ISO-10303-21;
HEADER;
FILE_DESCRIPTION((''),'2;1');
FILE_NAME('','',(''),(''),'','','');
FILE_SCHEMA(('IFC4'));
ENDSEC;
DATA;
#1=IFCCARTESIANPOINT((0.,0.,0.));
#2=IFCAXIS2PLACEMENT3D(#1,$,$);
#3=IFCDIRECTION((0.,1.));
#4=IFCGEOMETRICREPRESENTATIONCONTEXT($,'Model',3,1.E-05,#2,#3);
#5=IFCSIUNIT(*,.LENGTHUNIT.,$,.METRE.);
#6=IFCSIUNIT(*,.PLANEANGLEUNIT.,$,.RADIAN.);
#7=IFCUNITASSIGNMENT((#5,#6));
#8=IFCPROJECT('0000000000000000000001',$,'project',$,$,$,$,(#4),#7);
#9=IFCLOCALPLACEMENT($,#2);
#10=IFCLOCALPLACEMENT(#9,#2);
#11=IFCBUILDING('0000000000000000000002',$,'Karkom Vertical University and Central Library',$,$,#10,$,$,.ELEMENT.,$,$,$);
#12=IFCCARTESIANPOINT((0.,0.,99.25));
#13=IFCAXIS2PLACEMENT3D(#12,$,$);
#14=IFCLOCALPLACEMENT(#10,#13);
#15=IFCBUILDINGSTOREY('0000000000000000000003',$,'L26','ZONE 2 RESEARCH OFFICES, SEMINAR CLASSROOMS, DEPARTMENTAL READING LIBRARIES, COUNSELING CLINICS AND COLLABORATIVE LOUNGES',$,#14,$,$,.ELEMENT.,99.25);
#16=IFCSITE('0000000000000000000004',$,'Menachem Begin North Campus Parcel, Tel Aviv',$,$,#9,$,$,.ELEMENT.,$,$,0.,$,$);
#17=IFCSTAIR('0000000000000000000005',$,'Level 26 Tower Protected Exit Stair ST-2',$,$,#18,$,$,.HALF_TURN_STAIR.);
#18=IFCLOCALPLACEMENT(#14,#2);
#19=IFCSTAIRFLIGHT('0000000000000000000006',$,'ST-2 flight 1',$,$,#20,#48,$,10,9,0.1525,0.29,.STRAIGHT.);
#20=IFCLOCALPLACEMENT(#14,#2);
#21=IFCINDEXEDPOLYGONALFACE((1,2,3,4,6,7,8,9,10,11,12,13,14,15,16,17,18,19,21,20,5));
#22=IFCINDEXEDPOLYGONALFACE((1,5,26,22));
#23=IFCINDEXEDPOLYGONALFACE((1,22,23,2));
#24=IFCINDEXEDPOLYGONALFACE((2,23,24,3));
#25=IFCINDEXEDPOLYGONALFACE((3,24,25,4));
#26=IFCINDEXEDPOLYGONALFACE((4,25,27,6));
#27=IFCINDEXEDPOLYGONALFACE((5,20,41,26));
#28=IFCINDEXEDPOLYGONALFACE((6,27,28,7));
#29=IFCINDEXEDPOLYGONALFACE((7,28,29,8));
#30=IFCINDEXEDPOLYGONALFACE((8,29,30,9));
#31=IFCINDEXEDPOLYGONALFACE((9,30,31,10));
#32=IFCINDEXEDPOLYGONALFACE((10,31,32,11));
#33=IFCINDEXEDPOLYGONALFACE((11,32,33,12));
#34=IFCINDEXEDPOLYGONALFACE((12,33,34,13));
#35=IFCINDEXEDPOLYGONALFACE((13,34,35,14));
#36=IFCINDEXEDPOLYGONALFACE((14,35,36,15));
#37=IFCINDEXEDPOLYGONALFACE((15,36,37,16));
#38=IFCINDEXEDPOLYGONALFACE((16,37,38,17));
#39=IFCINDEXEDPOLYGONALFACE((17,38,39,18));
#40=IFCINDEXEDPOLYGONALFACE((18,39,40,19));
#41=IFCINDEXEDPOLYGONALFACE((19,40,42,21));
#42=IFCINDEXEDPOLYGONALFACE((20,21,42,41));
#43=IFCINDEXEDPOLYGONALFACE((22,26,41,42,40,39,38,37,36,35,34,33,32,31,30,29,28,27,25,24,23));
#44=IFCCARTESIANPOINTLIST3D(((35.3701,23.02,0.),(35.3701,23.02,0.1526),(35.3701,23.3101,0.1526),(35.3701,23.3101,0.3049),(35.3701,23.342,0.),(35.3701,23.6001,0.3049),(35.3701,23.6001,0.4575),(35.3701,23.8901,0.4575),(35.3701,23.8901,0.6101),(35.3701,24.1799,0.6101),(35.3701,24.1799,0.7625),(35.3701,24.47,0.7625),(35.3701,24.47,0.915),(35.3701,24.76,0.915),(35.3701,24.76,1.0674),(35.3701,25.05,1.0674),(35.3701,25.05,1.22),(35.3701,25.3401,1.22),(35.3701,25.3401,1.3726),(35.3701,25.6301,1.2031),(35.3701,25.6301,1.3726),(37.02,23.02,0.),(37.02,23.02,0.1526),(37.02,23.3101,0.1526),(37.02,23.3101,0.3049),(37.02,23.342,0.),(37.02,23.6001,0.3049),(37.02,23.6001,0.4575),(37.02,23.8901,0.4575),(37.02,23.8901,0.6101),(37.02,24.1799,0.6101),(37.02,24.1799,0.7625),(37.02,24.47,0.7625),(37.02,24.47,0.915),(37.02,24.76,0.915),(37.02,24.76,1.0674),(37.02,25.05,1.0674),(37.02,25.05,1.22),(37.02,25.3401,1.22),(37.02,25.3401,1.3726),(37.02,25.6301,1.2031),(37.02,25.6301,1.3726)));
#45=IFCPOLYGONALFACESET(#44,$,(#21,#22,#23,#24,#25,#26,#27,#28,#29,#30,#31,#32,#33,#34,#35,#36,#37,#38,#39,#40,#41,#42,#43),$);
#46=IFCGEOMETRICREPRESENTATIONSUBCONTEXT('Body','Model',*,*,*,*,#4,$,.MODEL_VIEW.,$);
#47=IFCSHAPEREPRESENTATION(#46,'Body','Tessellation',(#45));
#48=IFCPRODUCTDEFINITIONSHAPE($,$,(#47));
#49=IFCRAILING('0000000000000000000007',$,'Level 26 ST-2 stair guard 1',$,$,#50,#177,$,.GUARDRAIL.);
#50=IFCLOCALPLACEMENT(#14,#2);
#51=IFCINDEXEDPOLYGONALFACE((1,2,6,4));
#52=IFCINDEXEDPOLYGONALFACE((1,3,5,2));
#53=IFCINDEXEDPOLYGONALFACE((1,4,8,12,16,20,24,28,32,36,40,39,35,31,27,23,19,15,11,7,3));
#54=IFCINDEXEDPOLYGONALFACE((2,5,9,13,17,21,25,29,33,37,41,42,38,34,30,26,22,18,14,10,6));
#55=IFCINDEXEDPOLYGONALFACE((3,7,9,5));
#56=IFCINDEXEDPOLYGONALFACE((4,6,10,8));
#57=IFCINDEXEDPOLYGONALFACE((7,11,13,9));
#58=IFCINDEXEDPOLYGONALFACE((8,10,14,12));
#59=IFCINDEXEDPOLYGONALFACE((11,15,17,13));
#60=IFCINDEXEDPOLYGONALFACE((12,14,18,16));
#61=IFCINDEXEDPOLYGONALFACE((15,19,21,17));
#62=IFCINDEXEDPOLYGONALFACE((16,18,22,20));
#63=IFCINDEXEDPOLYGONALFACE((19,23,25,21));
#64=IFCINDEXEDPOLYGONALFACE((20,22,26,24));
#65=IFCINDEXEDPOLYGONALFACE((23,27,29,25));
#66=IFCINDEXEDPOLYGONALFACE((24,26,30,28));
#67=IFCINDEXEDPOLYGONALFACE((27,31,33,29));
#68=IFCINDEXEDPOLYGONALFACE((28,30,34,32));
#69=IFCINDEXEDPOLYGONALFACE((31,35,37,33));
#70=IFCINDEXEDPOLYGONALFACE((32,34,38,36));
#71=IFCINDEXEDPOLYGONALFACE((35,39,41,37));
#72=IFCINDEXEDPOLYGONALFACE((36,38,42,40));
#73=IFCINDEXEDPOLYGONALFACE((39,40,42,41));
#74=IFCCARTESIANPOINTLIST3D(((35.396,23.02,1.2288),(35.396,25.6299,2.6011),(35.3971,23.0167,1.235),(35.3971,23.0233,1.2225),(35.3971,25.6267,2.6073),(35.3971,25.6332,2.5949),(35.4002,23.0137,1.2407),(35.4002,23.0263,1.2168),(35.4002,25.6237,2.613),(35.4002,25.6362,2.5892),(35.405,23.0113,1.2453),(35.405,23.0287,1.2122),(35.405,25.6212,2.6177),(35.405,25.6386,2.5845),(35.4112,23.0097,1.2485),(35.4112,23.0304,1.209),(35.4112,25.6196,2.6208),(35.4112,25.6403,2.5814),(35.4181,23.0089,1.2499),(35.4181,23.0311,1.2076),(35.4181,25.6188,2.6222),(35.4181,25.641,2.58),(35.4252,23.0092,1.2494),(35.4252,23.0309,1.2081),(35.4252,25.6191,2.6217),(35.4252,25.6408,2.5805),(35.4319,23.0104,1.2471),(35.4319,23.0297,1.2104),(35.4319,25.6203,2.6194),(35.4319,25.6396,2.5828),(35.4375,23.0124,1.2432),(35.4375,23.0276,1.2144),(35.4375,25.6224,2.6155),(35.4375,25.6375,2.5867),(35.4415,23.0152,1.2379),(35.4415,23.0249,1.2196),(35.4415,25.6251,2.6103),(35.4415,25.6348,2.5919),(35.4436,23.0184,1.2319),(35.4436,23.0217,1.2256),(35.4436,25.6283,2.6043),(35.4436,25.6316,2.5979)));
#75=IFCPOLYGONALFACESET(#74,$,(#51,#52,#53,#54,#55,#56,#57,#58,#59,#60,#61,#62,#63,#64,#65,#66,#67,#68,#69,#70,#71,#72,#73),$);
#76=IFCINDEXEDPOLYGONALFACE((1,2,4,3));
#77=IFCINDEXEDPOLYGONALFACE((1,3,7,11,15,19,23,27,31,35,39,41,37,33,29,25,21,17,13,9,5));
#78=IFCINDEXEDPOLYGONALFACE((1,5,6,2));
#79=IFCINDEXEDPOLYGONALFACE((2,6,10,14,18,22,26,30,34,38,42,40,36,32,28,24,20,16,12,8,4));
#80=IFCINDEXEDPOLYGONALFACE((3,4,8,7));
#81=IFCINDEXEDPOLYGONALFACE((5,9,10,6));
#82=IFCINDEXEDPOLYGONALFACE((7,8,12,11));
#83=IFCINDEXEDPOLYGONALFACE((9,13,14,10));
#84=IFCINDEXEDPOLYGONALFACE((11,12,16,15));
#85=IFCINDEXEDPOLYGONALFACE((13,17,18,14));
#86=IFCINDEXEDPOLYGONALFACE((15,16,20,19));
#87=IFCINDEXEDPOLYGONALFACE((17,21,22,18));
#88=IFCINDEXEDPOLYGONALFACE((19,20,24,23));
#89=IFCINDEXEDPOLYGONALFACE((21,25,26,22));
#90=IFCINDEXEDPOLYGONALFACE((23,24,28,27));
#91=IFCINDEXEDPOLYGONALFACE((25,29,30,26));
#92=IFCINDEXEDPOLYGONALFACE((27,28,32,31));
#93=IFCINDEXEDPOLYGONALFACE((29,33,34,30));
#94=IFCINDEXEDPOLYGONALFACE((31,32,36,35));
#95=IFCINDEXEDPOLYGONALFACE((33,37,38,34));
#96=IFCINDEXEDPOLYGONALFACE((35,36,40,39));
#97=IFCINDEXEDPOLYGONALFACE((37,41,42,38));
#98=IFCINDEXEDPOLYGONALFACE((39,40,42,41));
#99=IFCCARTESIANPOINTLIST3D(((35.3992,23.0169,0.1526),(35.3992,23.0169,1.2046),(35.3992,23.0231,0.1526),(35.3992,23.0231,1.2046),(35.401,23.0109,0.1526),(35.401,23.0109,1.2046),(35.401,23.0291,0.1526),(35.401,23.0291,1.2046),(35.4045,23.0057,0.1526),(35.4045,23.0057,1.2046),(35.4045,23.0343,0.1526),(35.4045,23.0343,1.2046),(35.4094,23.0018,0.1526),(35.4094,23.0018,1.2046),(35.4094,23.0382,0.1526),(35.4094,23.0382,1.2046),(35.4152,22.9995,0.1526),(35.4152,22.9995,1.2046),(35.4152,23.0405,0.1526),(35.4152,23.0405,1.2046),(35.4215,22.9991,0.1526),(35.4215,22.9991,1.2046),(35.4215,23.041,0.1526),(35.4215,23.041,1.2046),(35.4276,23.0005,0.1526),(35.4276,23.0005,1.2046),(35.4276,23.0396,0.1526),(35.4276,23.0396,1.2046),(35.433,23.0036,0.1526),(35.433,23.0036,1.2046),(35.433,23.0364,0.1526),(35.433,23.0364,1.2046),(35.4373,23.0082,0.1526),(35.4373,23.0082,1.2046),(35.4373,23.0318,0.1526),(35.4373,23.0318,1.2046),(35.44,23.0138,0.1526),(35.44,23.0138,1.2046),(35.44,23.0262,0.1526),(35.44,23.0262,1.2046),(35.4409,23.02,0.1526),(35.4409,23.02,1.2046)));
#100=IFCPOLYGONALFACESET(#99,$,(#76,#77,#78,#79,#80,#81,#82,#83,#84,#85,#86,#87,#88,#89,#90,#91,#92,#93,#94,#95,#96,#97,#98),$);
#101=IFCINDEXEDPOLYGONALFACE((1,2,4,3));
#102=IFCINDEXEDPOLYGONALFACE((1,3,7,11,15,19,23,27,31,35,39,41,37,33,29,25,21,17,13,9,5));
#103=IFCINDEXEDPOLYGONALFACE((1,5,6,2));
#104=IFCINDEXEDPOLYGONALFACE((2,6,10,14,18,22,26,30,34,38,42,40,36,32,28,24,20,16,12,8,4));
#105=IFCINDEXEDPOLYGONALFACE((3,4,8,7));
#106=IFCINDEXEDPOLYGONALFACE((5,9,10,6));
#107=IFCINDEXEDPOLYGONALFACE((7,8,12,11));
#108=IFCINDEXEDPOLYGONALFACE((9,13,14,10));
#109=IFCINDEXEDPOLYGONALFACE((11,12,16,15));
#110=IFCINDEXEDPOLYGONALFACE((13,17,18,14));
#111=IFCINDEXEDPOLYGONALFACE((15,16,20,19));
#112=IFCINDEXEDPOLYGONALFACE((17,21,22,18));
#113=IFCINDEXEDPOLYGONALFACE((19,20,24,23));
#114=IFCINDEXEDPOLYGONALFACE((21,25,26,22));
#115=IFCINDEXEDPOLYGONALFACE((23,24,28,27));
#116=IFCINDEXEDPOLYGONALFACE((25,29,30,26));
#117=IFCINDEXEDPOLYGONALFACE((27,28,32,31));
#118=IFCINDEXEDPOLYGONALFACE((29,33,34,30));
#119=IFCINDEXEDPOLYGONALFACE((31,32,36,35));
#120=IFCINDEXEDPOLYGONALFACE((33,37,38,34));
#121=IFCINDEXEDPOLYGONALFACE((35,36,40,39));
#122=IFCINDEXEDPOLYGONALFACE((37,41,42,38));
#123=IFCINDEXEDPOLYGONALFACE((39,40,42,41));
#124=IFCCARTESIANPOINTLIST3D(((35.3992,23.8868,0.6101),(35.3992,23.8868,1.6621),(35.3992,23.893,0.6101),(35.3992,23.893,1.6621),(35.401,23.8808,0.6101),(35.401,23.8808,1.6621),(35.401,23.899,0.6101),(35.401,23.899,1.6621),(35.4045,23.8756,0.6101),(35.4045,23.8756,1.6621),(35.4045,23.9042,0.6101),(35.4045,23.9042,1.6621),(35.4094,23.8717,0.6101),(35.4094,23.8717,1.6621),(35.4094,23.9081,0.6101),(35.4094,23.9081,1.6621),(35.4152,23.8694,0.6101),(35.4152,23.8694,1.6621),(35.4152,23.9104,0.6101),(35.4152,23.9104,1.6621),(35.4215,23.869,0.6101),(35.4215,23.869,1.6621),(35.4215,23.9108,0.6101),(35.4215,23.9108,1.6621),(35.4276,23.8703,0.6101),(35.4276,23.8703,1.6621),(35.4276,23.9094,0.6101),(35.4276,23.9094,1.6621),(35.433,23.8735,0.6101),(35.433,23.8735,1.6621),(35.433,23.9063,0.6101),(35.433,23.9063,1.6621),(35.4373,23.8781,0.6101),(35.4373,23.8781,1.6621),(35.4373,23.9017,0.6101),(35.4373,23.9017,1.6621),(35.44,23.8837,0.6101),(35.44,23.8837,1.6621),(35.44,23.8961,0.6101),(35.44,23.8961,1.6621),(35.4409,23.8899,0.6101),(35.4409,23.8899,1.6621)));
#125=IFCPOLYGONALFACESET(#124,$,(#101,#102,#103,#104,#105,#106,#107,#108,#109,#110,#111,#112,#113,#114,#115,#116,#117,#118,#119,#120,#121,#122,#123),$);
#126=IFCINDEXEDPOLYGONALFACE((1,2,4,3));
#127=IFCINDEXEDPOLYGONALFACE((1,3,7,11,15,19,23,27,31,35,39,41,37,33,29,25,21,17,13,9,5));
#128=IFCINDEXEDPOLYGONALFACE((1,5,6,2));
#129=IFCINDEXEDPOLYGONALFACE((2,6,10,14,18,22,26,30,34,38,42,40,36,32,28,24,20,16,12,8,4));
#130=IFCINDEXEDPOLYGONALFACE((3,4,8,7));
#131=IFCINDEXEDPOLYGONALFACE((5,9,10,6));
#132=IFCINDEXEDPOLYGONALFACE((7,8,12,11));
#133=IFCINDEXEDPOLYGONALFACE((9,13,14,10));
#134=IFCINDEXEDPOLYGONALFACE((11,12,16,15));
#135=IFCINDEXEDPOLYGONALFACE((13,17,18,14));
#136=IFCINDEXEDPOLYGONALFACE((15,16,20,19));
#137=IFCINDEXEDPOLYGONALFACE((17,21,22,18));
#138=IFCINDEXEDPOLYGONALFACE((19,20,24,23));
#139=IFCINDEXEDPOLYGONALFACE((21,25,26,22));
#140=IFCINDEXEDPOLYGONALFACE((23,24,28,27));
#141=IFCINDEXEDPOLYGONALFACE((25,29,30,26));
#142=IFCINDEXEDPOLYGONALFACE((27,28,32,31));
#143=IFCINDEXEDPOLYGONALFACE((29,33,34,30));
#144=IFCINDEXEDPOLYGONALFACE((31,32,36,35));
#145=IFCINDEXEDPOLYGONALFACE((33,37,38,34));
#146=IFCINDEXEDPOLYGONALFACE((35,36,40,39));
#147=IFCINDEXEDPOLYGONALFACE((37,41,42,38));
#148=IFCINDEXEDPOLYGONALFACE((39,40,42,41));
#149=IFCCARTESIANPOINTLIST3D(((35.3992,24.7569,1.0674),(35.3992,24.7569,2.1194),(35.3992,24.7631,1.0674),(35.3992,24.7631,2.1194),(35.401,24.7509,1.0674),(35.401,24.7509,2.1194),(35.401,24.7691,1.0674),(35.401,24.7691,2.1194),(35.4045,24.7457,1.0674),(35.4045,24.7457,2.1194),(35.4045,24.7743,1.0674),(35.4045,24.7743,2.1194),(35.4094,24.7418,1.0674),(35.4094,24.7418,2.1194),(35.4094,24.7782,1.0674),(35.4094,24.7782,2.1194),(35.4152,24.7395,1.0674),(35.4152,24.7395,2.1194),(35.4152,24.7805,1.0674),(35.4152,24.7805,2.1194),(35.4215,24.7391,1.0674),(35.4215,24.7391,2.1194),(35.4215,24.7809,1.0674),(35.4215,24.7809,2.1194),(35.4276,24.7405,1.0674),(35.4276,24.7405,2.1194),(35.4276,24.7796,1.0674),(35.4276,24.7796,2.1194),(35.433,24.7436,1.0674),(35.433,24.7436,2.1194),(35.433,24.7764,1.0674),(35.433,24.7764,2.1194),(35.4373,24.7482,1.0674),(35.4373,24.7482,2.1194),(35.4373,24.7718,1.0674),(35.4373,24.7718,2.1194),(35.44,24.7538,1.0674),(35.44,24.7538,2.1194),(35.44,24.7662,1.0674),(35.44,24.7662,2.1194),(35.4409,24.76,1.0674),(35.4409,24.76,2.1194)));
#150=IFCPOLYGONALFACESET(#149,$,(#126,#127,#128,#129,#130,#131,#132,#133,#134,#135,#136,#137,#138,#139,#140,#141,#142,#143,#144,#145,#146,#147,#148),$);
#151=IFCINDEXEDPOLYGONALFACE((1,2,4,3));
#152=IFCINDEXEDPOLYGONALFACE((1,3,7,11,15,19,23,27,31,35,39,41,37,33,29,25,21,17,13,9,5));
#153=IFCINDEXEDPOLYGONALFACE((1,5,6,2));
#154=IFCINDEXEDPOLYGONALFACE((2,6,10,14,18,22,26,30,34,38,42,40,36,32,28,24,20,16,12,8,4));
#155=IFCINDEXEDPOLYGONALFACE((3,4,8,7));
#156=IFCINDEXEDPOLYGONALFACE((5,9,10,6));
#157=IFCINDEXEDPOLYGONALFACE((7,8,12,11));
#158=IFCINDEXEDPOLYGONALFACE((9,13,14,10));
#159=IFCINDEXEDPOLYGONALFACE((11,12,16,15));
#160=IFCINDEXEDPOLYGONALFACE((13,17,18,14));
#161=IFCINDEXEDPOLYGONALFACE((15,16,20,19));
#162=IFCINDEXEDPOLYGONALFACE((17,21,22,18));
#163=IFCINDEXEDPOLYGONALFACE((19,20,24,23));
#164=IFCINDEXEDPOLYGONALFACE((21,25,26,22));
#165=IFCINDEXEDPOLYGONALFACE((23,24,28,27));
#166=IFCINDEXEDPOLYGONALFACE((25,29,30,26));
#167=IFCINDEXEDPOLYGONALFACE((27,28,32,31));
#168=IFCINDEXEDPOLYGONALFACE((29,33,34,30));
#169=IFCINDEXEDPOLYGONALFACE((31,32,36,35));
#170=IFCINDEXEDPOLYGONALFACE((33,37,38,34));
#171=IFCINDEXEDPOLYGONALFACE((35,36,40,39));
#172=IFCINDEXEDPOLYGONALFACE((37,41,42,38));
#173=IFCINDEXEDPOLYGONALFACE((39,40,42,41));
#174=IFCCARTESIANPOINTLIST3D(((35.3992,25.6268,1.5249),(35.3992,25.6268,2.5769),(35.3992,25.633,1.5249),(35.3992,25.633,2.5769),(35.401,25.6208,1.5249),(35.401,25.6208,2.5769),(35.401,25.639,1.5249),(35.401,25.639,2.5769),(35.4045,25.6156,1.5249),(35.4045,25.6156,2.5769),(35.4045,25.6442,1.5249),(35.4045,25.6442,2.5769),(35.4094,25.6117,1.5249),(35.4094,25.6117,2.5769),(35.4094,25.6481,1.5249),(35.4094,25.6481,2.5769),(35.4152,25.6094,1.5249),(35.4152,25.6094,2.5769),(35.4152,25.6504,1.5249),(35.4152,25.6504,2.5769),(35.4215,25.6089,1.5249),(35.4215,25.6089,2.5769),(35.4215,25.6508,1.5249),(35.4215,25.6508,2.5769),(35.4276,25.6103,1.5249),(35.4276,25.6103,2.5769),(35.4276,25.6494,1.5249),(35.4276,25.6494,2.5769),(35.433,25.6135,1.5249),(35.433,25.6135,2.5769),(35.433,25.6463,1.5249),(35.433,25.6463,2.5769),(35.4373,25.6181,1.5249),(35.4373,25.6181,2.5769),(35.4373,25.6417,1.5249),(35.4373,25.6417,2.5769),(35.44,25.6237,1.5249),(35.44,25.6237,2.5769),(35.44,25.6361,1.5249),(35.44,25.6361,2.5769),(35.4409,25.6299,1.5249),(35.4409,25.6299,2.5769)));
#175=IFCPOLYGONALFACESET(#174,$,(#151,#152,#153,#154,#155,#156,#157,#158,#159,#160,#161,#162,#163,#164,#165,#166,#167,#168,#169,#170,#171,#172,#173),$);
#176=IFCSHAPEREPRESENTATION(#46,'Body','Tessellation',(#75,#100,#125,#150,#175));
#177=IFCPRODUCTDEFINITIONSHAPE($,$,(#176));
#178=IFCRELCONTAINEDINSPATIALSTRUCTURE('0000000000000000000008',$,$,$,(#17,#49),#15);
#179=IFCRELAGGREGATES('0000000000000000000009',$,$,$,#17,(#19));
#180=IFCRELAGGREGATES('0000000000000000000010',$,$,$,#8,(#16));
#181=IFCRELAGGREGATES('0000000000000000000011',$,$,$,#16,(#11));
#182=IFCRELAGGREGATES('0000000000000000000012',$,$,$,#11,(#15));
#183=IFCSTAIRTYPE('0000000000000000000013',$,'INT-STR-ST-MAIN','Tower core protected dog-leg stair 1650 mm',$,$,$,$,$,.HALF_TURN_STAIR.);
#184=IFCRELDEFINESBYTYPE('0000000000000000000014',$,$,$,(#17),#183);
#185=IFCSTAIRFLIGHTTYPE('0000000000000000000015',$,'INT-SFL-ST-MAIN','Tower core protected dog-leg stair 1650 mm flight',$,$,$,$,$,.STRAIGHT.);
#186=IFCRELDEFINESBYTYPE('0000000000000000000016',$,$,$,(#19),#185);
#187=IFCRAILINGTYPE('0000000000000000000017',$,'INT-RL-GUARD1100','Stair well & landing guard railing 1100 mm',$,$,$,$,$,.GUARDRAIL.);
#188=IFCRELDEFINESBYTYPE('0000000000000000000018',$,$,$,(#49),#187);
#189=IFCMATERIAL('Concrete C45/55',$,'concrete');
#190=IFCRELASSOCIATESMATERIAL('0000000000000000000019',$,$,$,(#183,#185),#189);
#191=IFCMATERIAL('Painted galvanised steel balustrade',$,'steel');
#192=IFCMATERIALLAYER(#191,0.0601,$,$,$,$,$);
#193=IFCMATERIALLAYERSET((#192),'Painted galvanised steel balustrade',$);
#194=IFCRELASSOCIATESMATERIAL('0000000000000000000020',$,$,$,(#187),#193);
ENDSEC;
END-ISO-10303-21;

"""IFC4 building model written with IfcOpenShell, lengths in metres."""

from ifc_helpers import new_model, si_unit, direction, frame, origin, origin_2d, place, context, subcontext, project, spatial, polyline, circle, outline, extrude, material, layer, layer_set, type_object, element, aggregate, save


model = new_model("IFC4")

# Units and contexts
model_context = context("Model", 3, precision=1e-05, world=origin(), true_north=direction((0.0, 1.0)))
body_context = subcontext(model_context, "Body", "Model", "MODEL_VIEW")
ifc_project = project(units=[si_unit("LENGTHUNIT", "METRE"), si_unit("PLANEANGLEUNIT", "RADIAN")], contexts=[model_context])

# Site, building, storey
site_placement = place(None, origin())
site = spatial("IfcSite", under=ifc_project, at=site_placement, Name="Menachem Begin North Campus Parcel, Tel Aviv", CompositionType="ELEMENT", RefElevation=0.0)
building_placement = place(site_placement, origin())
building = spatial("IfcBuilding", under=site, at=building_placement, Name="Karkom Vertical University and Central Library", CompositionType="ELEMENT")
storey_placement = place(building_placement, frame((0.0, 0.0, 99.25)))
storey = spatial("IfcBuildingStorey", under=building, at=storey_placement, Name="L26", Description="ZONE 2 RESEARCH OFFICES, SEMINAR CLASSROOMS, DEPARTMENTAL READING LIBRARIES, COUNSELING CLINICS AND COLLABORATIVE LOUNGES", CompositionType="ELEMENT", Elevation=99.25)

# Shared definitions
ifc_material_1 = material(Name="Concrete C45/55", Category="concrete")

# Stair, stair flight
stair_type = type_object("IfcStairType", Name="INT-STR-ST-MAIN", Description="Tower core protected dog-leg stair 1650 mm", PredefinedType="HALF_TURN_STAIR", material=ifc_material_1)
stair_placement = place(storey_placement, origin())
stair = element("IfcStair", 1, at=stair_placement, inside=storey, type_object=stair_type, Name="Level 26 Tower Protected Exit Stair ST-2", PredefinedType="HALF_TURN_STAIR")
stair_flight_type = type_object("IfcStairFlightType", Name="INT-SFL-ST-MAIN", Description="Tower core protected dog-leg stair 1650 mm flight", PredefinedType="STRAIGHT", material=ifc_material_1)
stair_flight_placement = place(storey_placement, frame((36.1951, 23.02, 0.0), z_axis=(0.0, 0.0, 1.0), x_axis=(0.0, 1.0, 0.0)))
stair_flight = element("IfcStairFlight", 2, at=stair_flight_placement, type_object=stair_flight_type, Name="ST-2 flight 1", NumberOfRisers=10, NumberOfTreads=9, PredefinedType="STRAIGHT", RiserHeight=0.1525, TreadLength=0.29, context=body_context, shape_type="SweptSolid", body=[
    extrude(outline(polyline([(0.0, 0.0), (0.0, 0.1526), (0.29, 0.1526), (0.29, 0.3049), (0.5801, 0.3049), (0.5801, 0.4575), (0.8701, 0.4575), (0.8701, 0.6101), (1.1599, 0.6101), (1.1599, 0.7625), (1.45, 0.7625), (1.45, 0.915), (1.74, 0.915), (1.74, 1.0674), (2.03, 1.0674), (2.03, 1.22), (2.3201, 1.22), (2.3201, 1.3726), (2.6101, 1.3726), (2.6101, 1.5249), (2.6101, 1.2031), (0.322, 0.0), (0.0, 0.0)])), frame((0.0, 0.825, 0.0), z_axis=(0.0, -1.0, 0.0), x_axis=(1.0, 0.0, 0.0)), (0.0, 0.0, 1.0), 1.6499),
])
aggregate(stair, [stair_flight])

# Railing
ifc_material_2 = material(Name="Painted galvanised steel balustrade", Category="steel")
ifc_layer_1 = layer(ifc_material_2, 0.0601)
ifc_layer_set_1 = layer_set([ifc_layer_1], Name="Painted galvanised steel balustrade")
railing_type_1 = type_object("IfcRailingType", Name="INT-RL-GUARD1100", Description="Stair well & landing guard railing 1100 mm", PredefinedType="GUARDRAIL", material=ifc_layer_set_1)
railing_1_placement = place(storey_placement, frame((35.4199, 23.02, 0.1526)))
element("IfcRailing", 3, at=railing_1_placement, inside=storey, type_object=railing_type_1, Name="Level 26 ST-2 stair guard 1", PredefinedType="GUARDRAIL", context=body_context, shape_type="SweptSolid", body=[
    extrude(circle(Radius=0.0239, at=origin_2d()), frame((0.0, 0.0, 1.0762), z_axis=(0.0, 0.8851, 0.465402), x_axis=(-1.0, 0.0, 0.0)), (0.0, 0.0, 1.0), 2.9487),
    extrude(circle(Radius=0.021, at=origin_2d()), origin(), (0.0, 0.0, 1.0), 1.052),
    extrude(circle(Radius=0.021, at=origin_2d()), frame((0.0, 0.8699, 0.4575)), (0.0, 0.0, 1.0), 1.052),
    extrude(circle(Radius=0.021, at=origin_2d()), frame((0.0, 1.74, 0.9148)), (0.0, 0.0, 1.0), 1.052),
    extrude(circle(Radius=0.021, at=origin_2d()), frame((0.0, 2.6099, 1.3723)), (0.0, 0.0, 1.0), 1.052),
])

save(model, "model.ifc")
